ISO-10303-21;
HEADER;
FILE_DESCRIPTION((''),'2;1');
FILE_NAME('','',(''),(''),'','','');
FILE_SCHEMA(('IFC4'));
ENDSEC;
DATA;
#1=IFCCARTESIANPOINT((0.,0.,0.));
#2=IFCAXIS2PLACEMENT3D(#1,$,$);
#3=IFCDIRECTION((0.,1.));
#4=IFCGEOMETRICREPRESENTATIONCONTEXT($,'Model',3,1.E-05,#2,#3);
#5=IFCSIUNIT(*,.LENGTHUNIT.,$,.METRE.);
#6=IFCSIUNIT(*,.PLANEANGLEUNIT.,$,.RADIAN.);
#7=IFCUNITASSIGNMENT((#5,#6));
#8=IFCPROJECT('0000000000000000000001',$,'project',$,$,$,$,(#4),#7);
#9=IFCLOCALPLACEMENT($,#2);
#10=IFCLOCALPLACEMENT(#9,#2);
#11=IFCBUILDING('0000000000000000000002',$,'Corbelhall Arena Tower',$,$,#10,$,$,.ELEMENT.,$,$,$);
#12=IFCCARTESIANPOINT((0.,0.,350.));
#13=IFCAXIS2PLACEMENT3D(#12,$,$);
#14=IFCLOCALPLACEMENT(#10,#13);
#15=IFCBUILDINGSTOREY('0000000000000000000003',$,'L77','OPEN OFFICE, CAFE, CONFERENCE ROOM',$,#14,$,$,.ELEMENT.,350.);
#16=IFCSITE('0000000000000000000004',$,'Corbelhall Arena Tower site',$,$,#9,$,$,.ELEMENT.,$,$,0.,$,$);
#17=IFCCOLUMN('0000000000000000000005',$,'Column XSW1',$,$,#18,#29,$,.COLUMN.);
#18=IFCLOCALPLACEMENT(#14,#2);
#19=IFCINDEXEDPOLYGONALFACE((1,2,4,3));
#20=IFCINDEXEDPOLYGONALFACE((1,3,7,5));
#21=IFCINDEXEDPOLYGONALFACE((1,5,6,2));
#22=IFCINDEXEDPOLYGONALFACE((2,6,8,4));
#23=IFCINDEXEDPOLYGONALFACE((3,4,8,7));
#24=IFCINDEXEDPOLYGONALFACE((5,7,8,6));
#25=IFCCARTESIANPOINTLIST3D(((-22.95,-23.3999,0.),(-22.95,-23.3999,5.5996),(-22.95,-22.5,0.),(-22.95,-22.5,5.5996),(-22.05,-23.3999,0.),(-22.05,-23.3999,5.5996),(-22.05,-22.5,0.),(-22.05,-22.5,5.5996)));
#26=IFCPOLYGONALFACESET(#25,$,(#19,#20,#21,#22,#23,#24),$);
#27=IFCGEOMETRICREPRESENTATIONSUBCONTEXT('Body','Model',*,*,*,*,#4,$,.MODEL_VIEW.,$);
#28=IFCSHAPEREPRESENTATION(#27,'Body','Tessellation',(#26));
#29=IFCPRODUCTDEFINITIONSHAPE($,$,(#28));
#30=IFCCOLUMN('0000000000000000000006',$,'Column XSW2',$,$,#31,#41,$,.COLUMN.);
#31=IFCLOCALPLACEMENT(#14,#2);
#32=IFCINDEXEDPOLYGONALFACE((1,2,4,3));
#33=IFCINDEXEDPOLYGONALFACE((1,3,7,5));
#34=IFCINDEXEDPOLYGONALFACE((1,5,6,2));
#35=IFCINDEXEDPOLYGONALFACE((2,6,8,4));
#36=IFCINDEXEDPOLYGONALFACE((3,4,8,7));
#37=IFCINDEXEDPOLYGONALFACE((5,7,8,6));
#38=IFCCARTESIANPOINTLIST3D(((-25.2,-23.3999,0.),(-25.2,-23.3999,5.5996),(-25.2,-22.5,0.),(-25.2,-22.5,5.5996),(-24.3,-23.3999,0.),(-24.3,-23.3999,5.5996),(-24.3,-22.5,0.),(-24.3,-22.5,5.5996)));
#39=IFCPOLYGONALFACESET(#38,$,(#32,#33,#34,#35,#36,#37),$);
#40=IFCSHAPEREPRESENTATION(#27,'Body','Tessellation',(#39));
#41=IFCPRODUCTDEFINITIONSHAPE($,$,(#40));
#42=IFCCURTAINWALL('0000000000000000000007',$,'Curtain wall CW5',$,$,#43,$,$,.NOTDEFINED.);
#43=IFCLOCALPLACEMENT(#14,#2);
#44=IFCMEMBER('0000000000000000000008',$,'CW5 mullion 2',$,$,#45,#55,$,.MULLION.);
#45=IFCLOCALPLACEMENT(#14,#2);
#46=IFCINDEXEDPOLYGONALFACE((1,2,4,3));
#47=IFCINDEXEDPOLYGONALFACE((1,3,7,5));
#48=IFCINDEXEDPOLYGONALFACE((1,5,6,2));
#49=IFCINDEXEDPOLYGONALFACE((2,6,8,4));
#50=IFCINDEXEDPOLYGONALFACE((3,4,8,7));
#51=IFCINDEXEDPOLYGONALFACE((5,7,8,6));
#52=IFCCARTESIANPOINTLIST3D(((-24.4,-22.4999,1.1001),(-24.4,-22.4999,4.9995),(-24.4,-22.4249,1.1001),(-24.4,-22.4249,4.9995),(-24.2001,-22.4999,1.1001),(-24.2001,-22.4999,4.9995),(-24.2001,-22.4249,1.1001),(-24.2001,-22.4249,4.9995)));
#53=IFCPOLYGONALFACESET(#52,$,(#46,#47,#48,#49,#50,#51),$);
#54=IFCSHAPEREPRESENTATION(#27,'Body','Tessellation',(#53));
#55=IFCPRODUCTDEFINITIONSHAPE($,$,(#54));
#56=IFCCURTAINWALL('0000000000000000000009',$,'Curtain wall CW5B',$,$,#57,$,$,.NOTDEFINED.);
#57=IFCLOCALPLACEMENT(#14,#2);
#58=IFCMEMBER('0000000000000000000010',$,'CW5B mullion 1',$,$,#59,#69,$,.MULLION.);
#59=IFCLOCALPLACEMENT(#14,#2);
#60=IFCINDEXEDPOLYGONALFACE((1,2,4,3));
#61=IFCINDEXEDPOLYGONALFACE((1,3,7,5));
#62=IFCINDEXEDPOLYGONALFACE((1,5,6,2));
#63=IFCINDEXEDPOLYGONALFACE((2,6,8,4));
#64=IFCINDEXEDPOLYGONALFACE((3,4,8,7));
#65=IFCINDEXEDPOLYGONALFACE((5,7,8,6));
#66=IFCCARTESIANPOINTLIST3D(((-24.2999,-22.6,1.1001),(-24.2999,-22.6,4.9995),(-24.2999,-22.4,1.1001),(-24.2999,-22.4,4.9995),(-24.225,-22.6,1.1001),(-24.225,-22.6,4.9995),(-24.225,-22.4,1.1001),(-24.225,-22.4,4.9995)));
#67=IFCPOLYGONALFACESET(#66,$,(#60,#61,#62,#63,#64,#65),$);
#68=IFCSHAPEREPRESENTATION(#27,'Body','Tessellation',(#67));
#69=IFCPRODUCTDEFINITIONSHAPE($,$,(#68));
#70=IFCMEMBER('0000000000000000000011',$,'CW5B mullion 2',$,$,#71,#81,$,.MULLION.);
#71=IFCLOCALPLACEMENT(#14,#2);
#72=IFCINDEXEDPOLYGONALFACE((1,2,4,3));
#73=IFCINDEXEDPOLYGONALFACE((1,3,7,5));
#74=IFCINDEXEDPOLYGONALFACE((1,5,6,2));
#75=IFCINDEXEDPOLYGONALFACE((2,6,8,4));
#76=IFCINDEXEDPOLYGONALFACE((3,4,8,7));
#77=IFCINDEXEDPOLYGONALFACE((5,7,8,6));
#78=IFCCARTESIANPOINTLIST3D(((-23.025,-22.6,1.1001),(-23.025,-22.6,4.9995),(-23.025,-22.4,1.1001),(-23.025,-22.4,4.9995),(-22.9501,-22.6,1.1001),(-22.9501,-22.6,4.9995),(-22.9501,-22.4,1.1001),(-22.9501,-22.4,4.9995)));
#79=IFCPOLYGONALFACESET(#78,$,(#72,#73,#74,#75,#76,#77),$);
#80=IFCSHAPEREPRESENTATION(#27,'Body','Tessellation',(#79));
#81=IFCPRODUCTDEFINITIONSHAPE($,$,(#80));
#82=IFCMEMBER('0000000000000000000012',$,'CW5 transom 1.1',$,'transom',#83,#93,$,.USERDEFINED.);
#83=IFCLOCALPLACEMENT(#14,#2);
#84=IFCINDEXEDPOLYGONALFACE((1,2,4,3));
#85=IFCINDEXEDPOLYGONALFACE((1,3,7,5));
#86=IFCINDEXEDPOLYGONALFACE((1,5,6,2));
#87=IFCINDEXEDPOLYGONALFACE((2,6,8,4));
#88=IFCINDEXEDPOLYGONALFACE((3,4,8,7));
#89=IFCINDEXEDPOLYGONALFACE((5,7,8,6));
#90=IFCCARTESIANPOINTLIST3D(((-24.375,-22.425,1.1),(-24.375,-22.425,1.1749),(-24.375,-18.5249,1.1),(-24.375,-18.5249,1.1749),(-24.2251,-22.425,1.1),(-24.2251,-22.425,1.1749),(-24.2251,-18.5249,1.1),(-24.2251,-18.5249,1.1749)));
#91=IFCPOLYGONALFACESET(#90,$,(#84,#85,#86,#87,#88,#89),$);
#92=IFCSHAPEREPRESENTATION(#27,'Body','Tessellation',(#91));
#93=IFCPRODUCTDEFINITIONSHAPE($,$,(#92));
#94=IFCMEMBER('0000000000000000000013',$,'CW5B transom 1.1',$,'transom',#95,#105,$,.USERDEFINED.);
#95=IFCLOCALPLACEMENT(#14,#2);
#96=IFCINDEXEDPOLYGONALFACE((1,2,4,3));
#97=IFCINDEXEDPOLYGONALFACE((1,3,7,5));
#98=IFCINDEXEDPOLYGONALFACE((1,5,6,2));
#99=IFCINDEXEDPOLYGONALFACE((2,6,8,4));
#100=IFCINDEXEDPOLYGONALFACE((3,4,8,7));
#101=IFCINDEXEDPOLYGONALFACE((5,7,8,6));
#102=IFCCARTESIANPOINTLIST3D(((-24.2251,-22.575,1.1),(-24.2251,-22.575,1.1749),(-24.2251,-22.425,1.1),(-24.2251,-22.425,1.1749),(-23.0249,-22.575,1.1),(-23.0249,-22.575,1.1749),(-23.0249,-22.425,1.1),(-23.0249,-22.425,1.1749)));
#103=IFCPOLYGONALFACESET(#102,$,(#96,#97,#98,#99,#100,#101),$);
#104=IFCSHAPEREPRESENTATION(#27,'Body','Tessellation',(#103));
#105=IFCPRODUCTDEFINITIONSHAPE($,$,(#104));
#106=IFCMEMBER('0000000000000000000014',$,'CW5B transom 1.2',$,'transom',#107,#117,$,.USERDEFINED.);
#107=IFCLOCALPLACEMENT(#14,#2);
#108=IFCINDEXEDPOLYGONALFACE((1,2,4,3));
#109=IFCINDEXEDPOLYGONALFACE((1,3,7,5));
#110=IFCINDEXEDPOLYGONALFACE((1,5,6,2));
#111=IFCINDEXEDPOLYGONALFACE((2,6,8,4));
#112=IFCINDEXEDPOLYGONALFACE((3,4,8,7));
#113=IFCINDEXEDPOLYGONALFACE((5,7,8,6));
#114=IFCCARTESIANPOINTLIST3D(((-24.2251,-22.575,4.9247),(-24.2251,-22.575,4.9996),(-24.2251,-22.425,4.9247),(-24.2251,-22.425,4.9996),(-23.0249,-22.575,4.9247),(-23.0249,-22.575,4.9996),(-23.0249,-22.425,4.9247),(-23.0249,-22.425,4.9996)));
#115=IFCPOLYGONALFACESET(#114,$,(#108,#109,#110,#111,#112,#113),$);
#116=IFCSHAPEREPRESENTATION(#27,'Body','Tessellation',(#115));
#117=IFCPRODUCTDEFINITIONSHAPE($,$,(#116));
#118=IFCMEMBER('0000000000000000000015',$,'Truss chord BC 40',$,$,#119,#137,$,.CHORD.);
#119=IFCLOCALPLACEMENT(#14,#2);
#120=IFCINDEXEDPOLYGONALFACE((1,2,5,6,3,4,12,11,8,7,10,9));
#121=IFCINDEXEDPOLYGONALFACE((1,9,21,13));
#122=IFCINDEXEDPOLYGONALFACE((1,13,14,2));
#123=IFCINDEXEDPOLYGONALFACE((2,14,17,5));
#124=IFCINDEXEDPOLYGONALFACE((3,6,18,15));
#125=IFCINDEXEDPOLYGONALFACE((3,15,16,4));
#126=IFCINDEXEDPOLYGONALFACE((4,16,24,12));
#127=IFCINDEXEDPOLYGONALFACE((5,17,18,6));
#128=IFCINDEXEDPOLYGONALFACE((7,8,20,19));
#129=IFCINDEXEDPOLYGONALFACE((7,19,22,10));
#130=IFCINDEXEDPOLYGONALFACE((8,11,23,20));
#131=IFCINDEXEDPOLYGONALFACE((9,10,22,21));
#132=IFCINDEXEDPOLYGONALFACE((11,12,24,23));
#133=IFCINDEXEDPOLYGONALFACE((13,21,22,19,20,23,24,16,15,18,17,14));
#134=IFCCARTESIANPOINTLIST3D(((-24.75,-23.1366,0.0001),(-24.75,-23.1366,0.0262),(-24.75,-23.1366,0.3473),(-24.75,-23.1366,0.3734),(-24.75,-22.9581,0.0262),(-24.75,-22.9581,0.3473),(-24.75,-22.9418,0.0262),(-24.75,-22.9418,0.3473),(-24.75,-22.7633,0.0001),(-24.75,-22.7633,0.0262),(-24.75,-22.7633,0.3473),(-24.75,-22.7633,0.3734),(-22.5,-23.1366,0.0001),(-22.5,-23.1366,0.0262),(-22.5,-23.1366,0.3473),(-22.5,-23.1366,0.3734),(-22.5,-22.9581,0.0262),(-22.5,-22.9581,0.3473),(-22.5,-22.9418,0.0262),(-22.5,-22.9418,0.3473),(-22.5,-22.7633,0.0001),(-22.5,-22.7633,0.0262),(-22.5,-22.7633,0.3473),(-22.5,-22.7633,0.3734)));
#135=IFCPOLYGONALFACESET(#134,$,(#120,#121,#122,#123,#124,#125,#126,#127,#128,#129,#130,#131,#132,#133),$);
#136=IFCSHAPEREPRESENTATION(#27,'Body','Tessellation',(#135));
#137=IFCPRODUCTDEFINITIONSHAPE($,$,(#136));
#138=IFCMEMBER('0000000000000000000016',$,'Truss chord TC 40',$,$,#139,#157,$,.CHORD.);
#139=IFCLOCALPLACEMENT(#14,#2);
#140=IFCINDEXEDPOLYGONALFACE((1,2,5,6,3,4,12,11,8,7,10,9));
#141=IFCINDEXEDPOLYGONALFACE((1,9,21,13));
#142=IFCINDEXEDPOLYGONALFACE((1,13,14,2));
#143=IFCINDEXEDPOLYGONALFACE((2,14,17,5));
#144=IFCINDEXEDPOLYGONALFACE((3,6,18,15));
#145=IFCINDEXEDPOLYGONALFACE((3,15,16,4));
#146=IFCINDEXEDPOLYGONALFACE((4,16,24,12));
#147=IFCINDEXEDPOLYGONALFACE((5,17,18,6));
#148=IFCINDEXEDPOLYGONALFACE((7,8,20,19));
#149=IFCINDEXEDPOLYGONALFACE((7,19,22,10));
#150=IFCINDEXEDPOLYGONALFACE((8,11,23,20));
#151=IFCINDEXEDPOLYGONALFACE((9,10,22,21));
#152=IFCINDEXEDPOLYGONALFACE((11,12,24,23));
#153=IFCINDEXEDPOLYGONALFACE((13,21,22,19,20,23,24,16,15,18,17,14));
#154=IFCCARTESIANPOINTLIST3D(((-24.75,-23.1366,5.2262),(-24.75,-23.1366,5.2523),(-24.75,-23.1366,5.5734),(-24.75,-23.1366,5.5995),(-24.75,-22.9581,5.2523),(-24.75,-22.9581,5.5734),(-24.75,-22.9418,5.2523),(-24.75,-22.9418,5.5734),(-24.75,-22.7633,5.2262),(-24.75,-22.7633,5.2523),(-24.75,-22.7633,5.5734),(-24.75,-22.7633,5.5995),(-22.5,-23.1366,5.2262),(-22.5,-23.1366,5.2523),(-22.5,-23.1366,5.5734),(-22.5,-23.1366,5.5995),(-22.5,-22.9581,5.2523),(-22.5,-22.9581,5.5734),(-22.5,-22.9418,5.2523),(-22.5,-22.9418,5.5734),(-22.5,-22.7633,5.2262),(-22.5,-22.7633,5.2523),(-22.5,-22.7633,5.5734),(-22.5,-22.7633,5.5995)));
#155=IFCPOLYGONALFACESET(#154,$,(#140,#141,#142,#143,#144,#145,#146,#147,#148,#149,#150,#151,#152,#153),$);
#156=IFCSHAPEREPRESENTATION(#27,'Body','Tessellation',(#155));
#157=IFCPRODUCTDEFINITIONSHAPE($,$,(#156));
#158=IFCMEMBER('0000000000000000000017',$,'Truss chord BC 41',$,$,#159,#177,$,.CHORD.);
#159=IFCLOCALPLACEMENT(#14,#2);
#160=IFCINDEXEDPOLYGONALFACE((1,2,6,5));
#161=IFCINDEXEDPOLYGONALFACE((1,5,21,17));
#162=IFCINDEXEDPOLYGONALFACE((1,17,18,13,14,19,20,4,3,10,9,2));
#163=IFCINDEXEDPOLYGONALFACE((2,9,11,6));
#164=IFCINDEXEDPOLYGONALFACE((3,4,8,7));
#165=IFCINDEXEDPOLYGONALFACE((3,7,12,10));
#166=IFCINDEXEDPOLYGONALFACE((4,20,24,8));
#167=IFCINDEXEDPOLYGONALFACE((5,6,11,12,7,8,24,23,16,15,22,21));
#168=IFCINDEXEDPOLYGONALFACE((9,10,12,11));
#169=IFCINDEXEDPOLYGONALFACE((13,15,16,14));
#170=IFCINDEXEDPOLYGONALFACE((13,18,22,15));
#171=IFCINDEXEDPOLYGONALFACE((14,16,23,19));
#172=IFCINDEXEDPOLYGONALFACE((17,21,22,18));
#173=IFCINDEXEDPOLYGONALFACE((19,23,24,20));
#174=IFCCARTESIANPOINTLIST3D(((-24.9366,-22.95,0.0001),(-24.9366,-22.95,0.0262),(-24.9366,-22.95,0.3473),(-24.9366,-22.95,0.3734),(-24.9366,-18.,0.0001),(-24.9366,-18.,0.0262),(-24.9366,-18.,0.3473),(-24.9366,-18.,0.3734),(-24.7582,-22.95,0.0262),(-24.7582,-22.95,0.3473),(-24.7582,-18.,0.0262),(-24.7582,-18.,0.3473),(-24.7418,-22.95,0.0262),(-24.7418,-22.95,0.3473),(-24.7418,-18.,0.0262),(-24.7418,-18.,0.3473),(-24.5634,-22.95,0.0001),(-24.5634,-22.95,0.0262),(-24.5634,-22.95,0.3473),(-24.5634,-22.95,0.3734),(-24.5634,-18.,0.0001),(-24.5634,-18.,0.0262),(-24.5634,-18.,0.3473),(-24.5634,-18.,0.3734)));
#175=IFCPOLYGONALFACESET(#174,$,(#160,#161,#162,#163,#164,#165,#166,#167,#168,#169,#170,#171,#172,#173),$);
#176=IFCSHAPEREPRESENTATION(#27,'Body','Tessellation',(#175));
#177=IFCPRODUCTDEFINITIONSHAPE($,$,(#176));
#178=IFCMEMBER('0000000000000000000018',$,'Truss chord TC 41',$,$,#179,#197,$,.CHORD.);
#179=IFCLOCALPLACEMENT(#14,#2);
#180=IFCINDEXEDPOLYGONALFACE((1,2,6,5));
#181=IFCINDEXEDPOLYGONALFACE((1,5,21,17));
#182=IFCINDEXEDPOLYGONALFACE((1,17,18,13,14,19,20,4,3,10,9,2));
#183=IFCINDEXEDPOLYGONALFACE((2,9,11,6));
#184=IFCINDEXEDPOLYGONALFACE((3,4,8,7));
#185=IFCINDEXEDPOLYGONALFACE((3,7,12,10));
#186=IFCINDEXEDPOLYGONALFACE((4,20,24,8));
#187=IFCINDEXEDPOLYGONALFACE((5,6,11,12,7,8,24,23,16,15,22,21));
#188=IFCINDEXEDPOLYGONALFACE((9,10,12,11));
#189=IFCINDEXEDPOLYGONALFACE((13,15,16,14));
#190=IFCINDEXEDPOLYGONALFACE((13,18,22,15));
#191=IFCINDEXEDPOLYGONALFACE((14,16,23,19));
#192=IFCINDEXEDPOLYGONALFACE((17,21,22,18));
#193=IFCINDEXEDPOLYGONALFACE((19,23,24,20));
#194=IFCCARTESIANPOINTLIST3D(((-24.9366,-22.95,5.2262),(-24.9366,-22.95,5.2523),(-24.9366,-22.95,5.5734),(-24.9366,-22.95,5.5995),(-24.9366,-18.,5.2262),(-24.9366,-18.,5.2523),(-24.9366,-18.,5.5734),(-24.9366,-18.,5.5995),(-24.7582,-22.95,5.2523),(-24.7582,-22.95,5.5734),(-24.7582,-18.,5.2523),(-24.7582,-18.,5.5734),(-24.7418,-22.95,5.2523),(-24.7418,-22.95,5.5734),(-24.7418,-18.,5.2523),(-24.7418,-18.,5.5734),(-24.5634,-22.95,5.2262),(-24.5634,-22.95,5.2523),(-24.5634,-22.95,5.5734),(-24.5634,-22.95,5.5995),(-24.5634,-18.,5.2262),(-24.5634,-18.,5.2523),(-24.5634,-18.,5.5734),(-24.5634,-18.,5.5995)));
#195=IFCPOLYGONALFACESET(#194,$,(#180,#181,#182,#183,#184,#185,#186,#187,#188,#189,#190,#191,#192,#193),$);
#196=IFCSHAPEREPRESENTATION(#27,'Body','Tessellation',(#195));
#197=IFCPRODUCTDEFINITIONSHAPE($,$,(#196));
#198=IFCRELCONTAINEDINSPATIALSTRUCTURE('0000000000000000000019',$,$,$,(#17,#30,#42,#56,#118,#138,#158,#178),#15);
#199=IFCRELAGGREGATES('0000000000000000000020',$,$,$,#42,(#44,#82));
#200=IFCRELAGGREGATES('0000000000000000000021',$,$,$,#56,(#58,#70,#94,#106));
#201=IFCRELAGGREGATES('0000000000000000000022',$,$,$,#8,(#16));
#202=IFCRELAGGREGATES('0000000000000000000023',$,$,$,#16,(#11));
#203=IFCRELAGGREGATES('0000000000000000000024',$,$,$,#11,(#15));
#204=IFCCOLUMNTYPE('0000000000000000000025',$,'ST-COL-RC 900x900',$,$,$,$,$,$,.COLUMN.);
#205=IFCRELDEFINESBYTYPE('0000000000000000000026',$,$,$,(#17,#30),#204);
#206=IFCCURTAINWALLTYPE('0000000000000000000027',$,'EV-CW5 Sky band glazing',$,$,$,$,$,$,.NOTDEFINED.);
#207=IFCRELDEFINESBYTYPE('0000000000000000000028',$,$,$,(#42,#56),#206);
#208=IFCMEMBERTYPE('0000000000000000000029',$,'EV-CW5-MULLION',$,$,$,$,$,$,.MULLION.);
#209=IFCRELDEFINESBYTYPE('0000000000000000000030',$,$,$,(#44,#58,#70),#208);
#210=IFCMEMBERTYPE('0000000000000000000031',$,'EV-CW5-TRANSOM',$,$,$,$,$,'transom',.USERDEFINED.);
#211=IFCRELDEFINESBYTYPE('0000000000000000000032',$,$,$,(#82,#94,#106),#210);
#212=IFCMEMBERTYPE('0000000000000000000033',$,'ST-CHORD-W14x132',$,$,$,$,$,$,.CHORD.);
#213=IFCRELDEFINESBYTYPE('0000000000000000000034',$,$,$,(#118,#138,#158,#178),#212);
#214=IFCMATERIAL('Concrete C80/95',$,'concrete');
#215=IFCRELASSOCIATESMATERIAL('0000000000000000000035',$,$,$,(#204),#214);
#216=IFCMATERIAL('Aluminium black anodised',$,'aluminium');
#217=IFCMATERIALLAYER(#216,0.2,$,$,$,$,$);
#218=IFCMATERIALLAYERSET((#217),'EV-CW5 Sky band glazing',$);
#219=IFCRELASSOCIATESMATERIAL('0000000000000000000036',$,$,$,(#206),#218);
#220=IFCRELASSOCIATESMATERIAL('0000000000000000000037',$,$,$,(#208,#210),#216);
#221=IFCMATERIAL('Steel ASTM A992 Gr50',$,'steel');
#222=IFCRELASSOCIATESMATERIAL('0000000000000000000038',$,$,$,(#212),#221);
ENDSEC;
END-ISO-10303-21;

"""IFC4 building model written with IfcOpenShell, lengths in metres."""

from ifc_helpers import new_model, si_unit, direction, frame, origin, origin_2d, place, context, subcontext, project, spatial, rectangle, i_section, extrude, material, layer, layer_set, material_profile, profile_set, type_object, element, aggregate, save


model = new_model("IFC4")

# Units and contexts
model_context = context("Model", 3, precision=1e-05, world=origin(), true_north=direction((0.0, 1.0)))
body_context = subcontext(model_context, "Body", "Model", "MODEL_VIEW")
ifc_project = project(units=[si_unit("LENGTHUNIT", "METRE"), si_unit("PLANEANGLEUNIT", "RADIAN")], contexts=[model_context])

# Site, building, storey
site_placement = place(None, origin())
site = spatial("IfcSite", under=ifc_project, at=site_placement, Name="Corbelhall Arena Tower site", CompositionType="ELEMENT", RefElevation=0.0)
building_placement = place(site_placement, origin())
building = spatial("IfcBuilding", under=site, at=building_placement, Name="Corbelhall Arena Tower", CompositionType="ELEMENT")
storey_placement = place(building_placement, frame((0.0, 0.0, 350.0)))
storey = spatial("IfcBuildingStorey", under=building, at=storey_placement, Name="L77", Description="OPEN OFFICE, CAFE, CONFERENCE ROOM", CompositionType="ELEMENT", Elevation=350.0)

# Columns
ifc_material_1 = material(Name="Concrete C80/95", Category="concrete")
ifc_material_profile_1 = material_profile(ifc_material_1, rectangle(XDim=0.8999, YDim=0.8999, at=origin_2d()))
ifc_profile_set_1 = profile_set([ifc_material_profile_1], Name="Concrete C80/95")
column_type = type_object("IfcColumnType", Name="ST-COL-RC 900x900", PredefinedType="COLUMN", material=ifc_profile_set_1)
for number, where, z_axis, x_axis, name in (
    (1, (-22.5, -22.95, 0.0), (0.0, 0.0, 1.0), (1.0, 0.0, 0.0), "Column XSW1"),
    (2, (-24.75, -22.95, 0.0), (0.0, 0.0, 1.0), (1.0, 0.0, 0.0), "Column XSW2"),
):
    element("IfcColumn", number, at=place(storey_placement, frame(where, z_axis=z_axis, x_axis=x_axis)), inside=storey, type_object=column_type, Name=name, PredefinedType="COLUMN", context=body_context, shape_type="SweptSolid", body=[
        extrude(rectangle(XDim=0.8999, YDim=0.8999, at=origin_2d()), origin(), (0.0, 0.0, 1.0), 5.5996),
    ])

# Curtain wall, member
ifc_material_2 = material(Name="Aluminium black anodised", Category="aluminium")
ifc_layer_1 = layer(ifc_material_2, 0.2)
ifc_layer_set_1 = layer_set([ifc_layer_1], Name="EV-CW5 Sky band glazing")
curtain_wall_type = type_object("IfcCurtainWallType", Name="EV-CW5 Sky band glazing", PredefinedType="NOTDEFINED", material=ifc_layer_set_1)
curtain_wall_1_placement = place(storey_placement, origin())
curtain_wall_1 = element("IfcCurtainWall", 3, at=curtain_wall_1_placement, inside=storey, type_object=curtain_wall_type, Name="Curtain wall CW5", PredefinedType="NOTDEFINED")
ifc_material_profile_2 = material_profile(ifc_material_2, rectangle(XDim=0.2, YDim=0.075, at=origin_2d()))
ifc_profile_set_2 = profile_set([ifc_material_profile_2], Name="Aluminium black anodised")
member_type_1 = type_object("IfcMemberType", Name="EV-CW5-MULLION", PredefinedType="MULLION", material=ifc_profile_set_2)
member_1_placement = place(storey_placement, frame((-24.3, -22.4624, 1.1001), z_axis=(0.0, 0.0, 1.0), x_axis=(1.0, 0.0, 0.0)))
member_1 = element("IfcMember", 4, at=member_1_placement, type_object=member_type_1, Name="CW5 mullion 2", PredefinedType="MULLION", context=body_context, shape_type="SweptSolid", body=[
    extrude(rectangle(XDim=0.2, YDim=0.075, at=origin_2d()), origin(), (0.0, 0.0, 1.0), 3.8994),
])

# Curtain wall, members
curtain_wall_2_placement = place(storey_placement, origin())
curtain_wall_2 = element("IfcCurtainWall", 5, at=curtain_wall_2_placement, inside=storey, type_object=curtain_wall_type, Name="Curtain wall CW5B", PredefinedType="NOTDEFINED")
member_2_placement = place(storey_placement, frame((-24.2625, -22.5, 1.1001), z_axis=(0.0, 0.0, 1.0), x_axis=(0.0, 1.0, 0.0)))
member_2 = element("IfcMember", 6, at=member_2_placement, type_object=member_type_1, Name="CW5B mullion 1", PredefinedType="MULLION", context=body_context, shape_type="SweptSolid", body=[
    extrude(rectangle(XDim=0.2, YDim=0.075, at=origin_2d()), origin(), (0.0, 0.0, 1.0), 3.8994),
])
member_3_placement = place(storey_placement, frame((-22.9875, -22.5, 1.1001), z_axis=(0.0, 0.0, 1.0), x_axis=(0.0, 1.0, 0.0)))
member_3 = element("IfcMember", 7, at=member_3_placement, type_object=member_type_1, Name="CW5B mullion 2", PredefinedType="MULLION", context=body_context, shape_type="SweptSolid", body=[
    extrude(rectangle(XDim=0.2, YDim=0.075, at=origin_2d()), origin(), (0.0, 0.0, 1.0), 3.8994),
])

# Members
ifc_material_profile_3 = material_profile(ifc_material_2, rectangle(XDim=0.1499, YDim=0.075, at=origin_2d()))
ifc_profile_set_3 = profile_set([ifc_material_profile_3], Name="Aluminium black anodised")
member_type_2 = type_object("IfcMemberType", Name="EV-CW5-TRANSOM", ElementType="transom", PredefinedType="USERDEFINED", material=ifc_profile_set_3)
member_4_placement = place(storey_placement, frame((-24.3, -18.5249, 1.1375), z_axis=(0.0, -1.0, 0.0), x_axis=(1.0, 0.0, 0.0)))
member_4 = element("IfcMember", 8, at=member_4_placement, type_object=member_type_2, Name="CW5 transom 1.1", ObjectType="transom", PredefinedType="USERDEFINED", context=body_context, shape_type="SweptSolid", body=[
    extrude(rectangle(XDim=0.1499, YDim=0.075, at=origin_2d()), origin(), (0.0, 0.0, 1.0), 3.9001),
])
member_5_placement = place(storey_placement, frame((-24.2251, -22.5, 1.1375), z_axis=(1.0, 0.0, 0.0), x_axis=(0.0, 1.0, 0.0)))
member_5 = element("IfcMember", 9, at=member_5_placement, type_object=member_type_2, Name="CW5B transom 1.1", ObjectType="transom", PredefinedType="USERDEFINED", context=body_context, shape_type="SweptSolid", body=[
    extrude(rectangle(XDim=0.1499, YDim=0.075, at=origin_2d()), origin(), (0.0, 0.0, 1.0), 1.2002),
])
member_6_placement = place(storey_placement, frame((-24.2251, -22.5, 4.9622), z_axis=(1.0, 0.0, 0.0), x_axis=(0.0, 1.0, 0.0)))
member_6 = element("IfcMember", 10, at=member_6_placement, type_object=member_type_2, Name="CW5B transom 1.2", ObjectType="transom", PredefinedType="USERDEFINED", context=body_context, shape_type="SweptSolid", body=[
    extrude(rectangle(XDim=0.1499, YDim=0.075, at=origin_2d()), origin(), (0.0, 0.0, 1.0), 1.2002),
])

# Members
ifc_material_3 = material(Name="Steel ASTM A992 Gr50", Category="steel")
ifc_material_profile_4 = material_profile(ifc_material_3, i_section(OverallWidth=0.3733, OverallDepth=0.3733, WebThickness=0.0164, FlangeThickness=0.0261, at=origin_2d()))
ifc_profile_set_4 = profile_set([ifc_material_profile_4], Name="Steel ASTM A992 Gr50")
member_type_3 = type_object("IfcMemberType", Name="ST-CHORD-W14x132", PredefinedType="CHORD", material=ifc_profile_set_4)
for number, where, z_axis, x_axis, name in (
    (11, (-22.5, -22.95, 0.1868), (-1.0, 0.0, 0.0), (0.0, -1.0, 0.0), "Truss chord BC 40"),
    (12, (-22.5, -22.95, 5.4128), (-1.0, 0.0, 0.0), (0.0, -1.0, 0.0), "Truss chord TC 40"),
):
    element("IfcMember", number, at=place(storey_placement, frame(where, z_axis=z_axis, x_axis=x_axis)), inside=storey, type_object=member_type_3, Name=name, PredefinedType="CHORD", context=body_context, shape_type="SweptSolid", body=[
        extrude(i_section(OverallWidth=0.3733, OverallDepth=0.3733, WebThickness=0.0164, FlangeThickness=0.0261, at=origin_2d()), origin(), (0.0, 0.0, 1.0), 2.25),
    ])
for number, where, z_axis, x_axis, name in (
    (13, (-24.75, -22.95, 0.1868), (0.0, 1.0, 0.0), (-1.0, 0.0, 0.0), "Truss chord BC 41"),
    (14, (-24.75, -22.95, 5.4128), (0.0, 1.0, 0.0), (-1.0, 0.0, 0.0), "Truss chord TC 41"),
):
    element("IfcMember", number, at=place(storey_placement, frame(where, z_axis=z_axis, x_axis=x_axis)), inside=storey, type_object=member_type_3, Name=name, PredefinedType="CHORD", context=body_context, shape_type="SweptSolid", body=[
        extrude(i_section(OverallWidth=0.3733, OverallDepth=0.3733, WebThickness=0.0164, FlangeThickness=0.0261, at=origin_2d()), origin(), (0.0, 0.0, 1.0), 4.95),
    ])

aggregate(curtain_wall_1, [member_1, member_4])
aggregate(curtain_wall_2, [member_2, member_3, member_5, member_6])

save(model, "model.ifc")
